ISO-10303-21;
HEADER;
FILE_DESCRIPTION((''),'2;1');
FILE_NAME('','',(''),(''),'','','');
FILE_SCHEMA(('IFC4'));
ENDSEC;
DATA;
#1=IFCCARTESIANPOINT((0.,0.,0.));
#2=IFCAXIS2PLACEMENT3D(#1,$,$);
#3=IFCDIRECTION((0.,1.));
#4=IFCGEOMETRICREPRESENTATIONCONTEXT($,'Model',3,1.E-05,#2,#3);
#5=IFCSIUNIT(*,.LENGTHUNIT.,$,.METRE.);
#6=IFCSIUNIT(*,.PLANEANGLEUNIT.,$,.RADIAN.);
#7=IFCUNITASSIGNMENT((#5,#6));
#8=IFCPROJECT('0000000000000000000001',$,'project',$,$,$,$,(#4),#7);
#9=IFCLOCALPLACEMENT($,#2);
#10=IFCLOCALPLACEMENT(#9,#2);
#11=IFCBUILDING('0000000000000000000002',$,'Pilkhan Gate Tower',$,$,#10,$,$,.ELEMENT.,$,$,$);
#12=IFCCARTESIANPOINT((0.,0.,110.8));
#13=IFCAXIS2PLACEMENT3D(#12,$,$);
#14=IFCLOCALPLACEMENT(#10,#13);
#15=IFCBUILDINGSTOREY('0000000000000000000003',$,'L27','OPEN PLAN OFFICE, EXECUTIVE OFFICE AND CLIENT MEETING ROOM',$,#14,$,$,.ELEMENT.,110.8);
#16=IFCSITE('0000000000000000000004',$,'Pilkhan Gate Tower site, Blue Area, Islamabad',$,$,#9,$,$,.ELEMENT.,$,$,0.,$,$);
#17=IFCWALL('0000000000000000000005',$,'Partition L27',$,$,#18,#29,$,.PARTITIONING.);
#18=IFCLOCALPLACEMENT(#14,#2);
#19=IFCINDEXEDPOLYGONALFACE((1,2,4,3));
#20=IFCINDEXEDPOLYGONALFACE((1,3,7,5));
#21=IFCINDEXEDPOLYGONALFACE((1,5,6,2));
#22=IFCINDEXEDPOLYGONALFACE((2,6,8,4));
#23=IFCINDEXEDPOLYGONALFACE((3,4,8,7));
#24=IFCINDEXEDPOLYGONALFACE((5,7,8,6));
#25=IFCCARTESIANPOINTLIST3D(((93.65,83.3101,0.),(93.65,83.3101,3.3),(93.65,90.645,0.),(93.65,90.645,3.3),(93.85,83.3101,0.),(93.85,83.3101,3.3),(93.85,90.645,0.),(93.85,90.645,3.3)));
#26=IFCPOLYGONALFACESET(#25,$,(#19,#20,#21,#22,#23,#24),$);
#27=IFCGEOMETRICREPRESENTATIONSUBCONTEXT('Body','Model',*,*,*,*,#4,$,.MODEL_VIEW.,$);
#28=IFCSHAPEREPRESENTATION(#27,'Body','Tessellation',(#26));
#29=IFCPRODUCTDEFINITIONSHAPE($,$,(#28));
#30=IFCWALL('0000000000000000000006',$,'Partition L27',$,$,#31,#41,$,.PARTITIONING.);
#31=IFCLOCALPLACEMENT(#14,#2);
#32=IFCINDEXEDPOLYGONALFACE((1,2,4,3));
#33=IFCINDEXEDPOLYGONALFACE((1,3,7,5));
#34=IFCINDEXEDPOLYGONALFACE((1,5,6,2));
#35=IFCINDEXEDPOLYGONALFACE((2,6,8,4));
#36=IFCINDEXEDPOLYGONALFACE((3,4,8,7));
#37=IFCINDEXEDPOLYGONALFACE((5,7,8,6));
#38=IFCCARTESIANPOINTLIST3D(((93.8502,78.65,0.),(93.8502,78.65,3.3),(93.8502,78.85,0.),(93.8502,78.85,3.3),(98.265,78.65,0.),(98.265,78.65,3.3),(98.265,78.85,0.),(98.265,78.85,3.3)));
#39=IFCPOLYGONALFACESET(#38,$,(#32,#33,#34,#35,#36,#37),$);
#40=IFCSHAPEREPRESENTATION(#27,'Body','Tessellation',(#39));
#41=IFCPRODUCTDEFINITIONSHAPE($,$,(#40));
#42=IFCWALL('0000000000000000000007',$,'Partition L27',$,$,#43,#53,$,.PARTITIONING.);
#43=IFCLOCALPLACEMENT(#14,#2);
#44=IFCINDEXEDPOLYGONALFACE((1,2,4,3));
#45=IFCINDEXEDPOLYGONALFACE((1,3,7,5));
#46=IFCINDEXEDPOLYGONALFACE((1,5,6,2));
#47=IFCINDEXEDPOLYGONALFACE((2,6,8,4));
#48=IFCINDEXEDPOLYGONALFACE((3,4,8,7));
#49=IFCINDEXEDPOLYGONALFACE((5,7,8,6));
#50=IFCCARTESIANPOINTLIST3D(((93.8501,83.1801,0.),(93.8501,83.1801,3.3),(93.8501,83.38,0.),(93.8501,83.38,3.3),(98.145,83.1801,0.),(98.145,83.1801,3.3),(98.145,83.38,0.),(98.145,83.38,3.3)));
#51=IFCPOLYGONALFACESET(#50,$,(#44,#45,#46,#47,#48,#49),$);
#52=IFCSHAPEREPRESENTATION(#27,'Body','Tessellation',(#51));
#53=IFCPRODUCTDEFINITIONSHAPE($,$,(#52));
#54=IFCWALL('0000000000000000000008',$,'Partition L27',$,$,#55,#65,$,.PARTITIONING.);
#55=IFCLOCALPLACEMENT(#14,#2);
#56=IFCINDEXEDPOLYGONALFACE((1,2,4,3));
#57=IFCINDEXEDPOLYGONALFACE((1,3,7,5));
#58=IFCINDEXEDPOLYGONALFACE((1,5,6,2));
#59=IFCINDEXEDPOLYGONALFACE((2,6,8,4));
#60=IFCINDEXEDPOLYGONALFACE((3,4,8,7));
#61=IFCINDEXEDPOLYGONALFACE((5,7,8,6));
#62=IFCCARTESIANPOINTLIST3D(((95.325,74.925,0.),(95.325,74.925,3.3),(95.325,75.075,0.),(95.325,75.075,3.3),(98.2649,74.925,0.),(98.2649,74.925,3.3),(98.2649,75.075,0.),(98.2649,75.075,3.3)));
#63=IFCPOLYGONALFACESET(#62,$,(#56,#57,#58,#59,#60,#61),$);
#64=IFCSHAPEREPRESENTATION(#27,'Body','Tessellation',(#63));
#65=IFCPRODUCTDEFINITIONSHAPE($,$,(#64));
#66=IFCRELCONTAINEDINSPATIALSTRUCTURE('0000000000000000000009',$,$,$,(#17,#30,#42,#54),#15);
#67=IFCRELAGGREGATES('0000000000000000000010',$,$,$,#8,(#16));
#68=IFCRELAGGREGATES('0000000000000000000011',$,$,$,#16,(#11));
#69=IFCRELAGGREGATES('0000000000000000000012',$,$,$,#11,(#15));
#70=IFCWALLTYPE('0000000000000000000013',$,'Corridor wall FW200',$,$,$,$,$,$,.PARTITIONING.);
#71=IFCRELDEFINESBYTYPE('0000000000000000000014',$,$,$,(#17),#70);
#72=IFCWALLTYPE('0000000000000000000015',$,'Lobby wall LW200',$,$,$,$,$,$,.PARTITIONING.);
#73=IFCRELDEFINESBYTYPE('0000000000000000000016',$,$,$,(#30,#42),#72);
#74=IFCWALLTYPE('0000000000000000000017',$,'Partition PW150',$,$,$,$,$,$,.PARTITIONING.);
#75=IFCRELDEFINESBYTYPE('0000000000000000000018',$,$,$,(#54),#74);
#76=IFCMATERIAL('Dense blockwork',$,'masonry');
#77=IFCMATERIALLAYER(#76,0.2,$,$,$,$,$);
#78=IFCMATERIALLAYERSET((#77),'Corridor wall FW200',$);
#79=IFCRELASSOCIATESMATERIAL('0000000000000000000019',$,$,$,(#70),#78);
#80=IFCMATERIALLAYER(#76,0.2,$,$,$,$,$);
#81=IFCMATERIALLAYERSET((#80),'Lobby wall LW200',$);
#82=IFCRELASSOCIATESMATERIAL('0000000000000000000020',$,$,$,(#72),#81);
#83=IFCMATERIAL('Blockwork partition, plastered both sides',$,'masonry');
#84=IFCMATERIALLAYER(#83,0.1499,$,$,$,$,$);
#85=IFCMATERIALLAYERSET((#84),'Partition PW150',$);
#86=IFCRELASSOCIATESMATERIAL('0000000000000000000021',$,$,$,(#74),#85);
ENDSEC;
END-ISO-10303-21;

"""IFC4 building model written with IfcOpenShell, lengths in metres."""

from ifc_helpers import new_model, si_unit, direction, frame, frame_2d, origin, place, context, subcontext, project, spatial, rectangle, extrude, material, layer, layer_set, type_object, element, save


model = new_model("IFC4")

# Units and contexts
model_context = context("Model", 3, precision=1e-05, world=origin(), true_north=direction((0.0, 1.0)))
body_context = subcontext(model_context, "Body", "Model", "MODEL_VIEW")
ifc_project = project(units=[si_unit("LENGTHUNIT", "METRE"), si_unit("PLANEANGLEUNIT", "RADIAN")], contexts=[model_context])

# Site, building, storey
site_placement = place(None, origin())
site = spatial("IfcSite", under=ifc_project, at=site_placement, Name="Pilkhan Gate Tower site, Blue Area, Islamabad", CompositionType="ELEMENT", RefElevation=0.0)
building_placement = place(site_placement, origin())
building = spatial("IfcBuilding", under=site, at=building_placement, Name="Pilkhan Gate Tower", CompositionType="ELEMENT")
storey_placement = place(building_placement, frame((0.0, 0.0, 110.8)))
storey = spatial("IfcBuildingStorey", under=building, at=storey_placement, Name="L27", Description="OPEN PLAN OFFICE, EXECUTIVE OFFICE AND CLIENT MEETING ROOM", CompositionType="ELEMENT", Elevation=110.8)

# Walls
ifc_material_1 = material(Name="Dense blockwork", Category="masonry")
ifc_layer_1 = layer(ifc_material_1, 0.2)
ifc_layer_set_1 = layer_set([ifc_layer_1], Name="Corridor wall FW200")
wall_type_1 = type_object("IfcWallType", Name="Corridor wall FW200", PredefinedType="PARTITIONING", material=ifc_layer_set_1)
wall_1_placement = place(storey_placement, frame((93.75, 83.3101, 0.0), z_axis=(0.0, 0.0, 1.0), x_axis=(0.0, 1.0, 0.0)))
element("IfcWall", 1, at=wall_1_placement, inside=storey, type_object=wall_type_1, Name="Partition L27", PredefinedType="PARTITIONING", context=body_context, shape_type="SweptSolid", body=[
    extrude(rectangle(XDim=7.335, YDim=0.2, at=frame_2d((3.6675, 0.0))), origin(), (0.0, 0.0, 1.0), 3.3),
])
ifc_layer_2 = layer(ifc_material_1, 0.2)
ifc_layer_set_2 = layer_set([ifc_layer_2], Name="Lobby wall LW200")
wall_type_2 = type_object("IfcWallType", Name="Lobby wall LW200", PredefinedType="PARTITIONING", material=ifc_layer_set_2)
wall_2_placement = place(storey_placement, frame((93.8501, 78.75, 0.0), z_axis=(0.0, 0.0, 1.0), x_axis=(1.0, 0.0, 0.0)))
element("IfcWall", 2, at=wall_2_placement, inside=storey, type_object=wall_type_2, Name="Partition L27", PredefinedType="PARTITIONING", context=body_context, shape_type="SweptSolid", body=[
    extrude(rectangle(XDim=4.4148, YDim=0.2, at=frame_2d((2.2075, 0.0))), origin(), (0.0, 0.0, 1.0), 3.3),
])
wall_3_placement = place(storey_placement, frame((93.8501, 83.28, 0.0), z_axis=(0.0, 0.0, 1.0), x_axis=(1.0, 0.0, 0.0)))
element("IfcWall", 3, at=wall_3_placement, inside=storey, type_object=wall_type_2, Name="Partition L27", PredefinedType="PARTITIONING", context=body_context, shape_type="SweptSolid", body=[
    extrude(rectangle(XDim=4.2949, YDim=0.2, at=frame_2d((2.1475, 0.0))), origin(), (0.0, 0.0, 1.0), 3.3),
])

# Wall
ifc_material_2 = material(Name="Blockwork partition, plastered both sides", Category="masonry")
ifc_layer_3 = layer(ifc_material_2, 0.1499)
ifc_layer_set_3 = layer_set([ifc_layer_3], Name="Partition PW150")
wall_type_3 = type_object("IfcWallType", Name="Partition PW150", PredefinedType="PARTITIONING", material=ifc_layer_set_3)
wall_4_placement = place(storey_placement, frame((95.325, 75.0, 0.0), z_axis=(0.0, 0.0, 1.0), x_axis=(1.0, 0.0, 0.0)))
element("IfcWall", 4, at=wall_4_placement, inside=storey, type_object=wall_type_3, Name="Partition L27", PredefinedType="PARTITIONING", context=body_context, shape_type="SweptSolid", body=[
    extrude(rectangle(XDim=2.9399, YDim=0.1499, at=frame_2d((1.47, 0.0))), origin(), (0.0, 0.0, 1.0), 3.3),
])

save(model, "model.ifc")
